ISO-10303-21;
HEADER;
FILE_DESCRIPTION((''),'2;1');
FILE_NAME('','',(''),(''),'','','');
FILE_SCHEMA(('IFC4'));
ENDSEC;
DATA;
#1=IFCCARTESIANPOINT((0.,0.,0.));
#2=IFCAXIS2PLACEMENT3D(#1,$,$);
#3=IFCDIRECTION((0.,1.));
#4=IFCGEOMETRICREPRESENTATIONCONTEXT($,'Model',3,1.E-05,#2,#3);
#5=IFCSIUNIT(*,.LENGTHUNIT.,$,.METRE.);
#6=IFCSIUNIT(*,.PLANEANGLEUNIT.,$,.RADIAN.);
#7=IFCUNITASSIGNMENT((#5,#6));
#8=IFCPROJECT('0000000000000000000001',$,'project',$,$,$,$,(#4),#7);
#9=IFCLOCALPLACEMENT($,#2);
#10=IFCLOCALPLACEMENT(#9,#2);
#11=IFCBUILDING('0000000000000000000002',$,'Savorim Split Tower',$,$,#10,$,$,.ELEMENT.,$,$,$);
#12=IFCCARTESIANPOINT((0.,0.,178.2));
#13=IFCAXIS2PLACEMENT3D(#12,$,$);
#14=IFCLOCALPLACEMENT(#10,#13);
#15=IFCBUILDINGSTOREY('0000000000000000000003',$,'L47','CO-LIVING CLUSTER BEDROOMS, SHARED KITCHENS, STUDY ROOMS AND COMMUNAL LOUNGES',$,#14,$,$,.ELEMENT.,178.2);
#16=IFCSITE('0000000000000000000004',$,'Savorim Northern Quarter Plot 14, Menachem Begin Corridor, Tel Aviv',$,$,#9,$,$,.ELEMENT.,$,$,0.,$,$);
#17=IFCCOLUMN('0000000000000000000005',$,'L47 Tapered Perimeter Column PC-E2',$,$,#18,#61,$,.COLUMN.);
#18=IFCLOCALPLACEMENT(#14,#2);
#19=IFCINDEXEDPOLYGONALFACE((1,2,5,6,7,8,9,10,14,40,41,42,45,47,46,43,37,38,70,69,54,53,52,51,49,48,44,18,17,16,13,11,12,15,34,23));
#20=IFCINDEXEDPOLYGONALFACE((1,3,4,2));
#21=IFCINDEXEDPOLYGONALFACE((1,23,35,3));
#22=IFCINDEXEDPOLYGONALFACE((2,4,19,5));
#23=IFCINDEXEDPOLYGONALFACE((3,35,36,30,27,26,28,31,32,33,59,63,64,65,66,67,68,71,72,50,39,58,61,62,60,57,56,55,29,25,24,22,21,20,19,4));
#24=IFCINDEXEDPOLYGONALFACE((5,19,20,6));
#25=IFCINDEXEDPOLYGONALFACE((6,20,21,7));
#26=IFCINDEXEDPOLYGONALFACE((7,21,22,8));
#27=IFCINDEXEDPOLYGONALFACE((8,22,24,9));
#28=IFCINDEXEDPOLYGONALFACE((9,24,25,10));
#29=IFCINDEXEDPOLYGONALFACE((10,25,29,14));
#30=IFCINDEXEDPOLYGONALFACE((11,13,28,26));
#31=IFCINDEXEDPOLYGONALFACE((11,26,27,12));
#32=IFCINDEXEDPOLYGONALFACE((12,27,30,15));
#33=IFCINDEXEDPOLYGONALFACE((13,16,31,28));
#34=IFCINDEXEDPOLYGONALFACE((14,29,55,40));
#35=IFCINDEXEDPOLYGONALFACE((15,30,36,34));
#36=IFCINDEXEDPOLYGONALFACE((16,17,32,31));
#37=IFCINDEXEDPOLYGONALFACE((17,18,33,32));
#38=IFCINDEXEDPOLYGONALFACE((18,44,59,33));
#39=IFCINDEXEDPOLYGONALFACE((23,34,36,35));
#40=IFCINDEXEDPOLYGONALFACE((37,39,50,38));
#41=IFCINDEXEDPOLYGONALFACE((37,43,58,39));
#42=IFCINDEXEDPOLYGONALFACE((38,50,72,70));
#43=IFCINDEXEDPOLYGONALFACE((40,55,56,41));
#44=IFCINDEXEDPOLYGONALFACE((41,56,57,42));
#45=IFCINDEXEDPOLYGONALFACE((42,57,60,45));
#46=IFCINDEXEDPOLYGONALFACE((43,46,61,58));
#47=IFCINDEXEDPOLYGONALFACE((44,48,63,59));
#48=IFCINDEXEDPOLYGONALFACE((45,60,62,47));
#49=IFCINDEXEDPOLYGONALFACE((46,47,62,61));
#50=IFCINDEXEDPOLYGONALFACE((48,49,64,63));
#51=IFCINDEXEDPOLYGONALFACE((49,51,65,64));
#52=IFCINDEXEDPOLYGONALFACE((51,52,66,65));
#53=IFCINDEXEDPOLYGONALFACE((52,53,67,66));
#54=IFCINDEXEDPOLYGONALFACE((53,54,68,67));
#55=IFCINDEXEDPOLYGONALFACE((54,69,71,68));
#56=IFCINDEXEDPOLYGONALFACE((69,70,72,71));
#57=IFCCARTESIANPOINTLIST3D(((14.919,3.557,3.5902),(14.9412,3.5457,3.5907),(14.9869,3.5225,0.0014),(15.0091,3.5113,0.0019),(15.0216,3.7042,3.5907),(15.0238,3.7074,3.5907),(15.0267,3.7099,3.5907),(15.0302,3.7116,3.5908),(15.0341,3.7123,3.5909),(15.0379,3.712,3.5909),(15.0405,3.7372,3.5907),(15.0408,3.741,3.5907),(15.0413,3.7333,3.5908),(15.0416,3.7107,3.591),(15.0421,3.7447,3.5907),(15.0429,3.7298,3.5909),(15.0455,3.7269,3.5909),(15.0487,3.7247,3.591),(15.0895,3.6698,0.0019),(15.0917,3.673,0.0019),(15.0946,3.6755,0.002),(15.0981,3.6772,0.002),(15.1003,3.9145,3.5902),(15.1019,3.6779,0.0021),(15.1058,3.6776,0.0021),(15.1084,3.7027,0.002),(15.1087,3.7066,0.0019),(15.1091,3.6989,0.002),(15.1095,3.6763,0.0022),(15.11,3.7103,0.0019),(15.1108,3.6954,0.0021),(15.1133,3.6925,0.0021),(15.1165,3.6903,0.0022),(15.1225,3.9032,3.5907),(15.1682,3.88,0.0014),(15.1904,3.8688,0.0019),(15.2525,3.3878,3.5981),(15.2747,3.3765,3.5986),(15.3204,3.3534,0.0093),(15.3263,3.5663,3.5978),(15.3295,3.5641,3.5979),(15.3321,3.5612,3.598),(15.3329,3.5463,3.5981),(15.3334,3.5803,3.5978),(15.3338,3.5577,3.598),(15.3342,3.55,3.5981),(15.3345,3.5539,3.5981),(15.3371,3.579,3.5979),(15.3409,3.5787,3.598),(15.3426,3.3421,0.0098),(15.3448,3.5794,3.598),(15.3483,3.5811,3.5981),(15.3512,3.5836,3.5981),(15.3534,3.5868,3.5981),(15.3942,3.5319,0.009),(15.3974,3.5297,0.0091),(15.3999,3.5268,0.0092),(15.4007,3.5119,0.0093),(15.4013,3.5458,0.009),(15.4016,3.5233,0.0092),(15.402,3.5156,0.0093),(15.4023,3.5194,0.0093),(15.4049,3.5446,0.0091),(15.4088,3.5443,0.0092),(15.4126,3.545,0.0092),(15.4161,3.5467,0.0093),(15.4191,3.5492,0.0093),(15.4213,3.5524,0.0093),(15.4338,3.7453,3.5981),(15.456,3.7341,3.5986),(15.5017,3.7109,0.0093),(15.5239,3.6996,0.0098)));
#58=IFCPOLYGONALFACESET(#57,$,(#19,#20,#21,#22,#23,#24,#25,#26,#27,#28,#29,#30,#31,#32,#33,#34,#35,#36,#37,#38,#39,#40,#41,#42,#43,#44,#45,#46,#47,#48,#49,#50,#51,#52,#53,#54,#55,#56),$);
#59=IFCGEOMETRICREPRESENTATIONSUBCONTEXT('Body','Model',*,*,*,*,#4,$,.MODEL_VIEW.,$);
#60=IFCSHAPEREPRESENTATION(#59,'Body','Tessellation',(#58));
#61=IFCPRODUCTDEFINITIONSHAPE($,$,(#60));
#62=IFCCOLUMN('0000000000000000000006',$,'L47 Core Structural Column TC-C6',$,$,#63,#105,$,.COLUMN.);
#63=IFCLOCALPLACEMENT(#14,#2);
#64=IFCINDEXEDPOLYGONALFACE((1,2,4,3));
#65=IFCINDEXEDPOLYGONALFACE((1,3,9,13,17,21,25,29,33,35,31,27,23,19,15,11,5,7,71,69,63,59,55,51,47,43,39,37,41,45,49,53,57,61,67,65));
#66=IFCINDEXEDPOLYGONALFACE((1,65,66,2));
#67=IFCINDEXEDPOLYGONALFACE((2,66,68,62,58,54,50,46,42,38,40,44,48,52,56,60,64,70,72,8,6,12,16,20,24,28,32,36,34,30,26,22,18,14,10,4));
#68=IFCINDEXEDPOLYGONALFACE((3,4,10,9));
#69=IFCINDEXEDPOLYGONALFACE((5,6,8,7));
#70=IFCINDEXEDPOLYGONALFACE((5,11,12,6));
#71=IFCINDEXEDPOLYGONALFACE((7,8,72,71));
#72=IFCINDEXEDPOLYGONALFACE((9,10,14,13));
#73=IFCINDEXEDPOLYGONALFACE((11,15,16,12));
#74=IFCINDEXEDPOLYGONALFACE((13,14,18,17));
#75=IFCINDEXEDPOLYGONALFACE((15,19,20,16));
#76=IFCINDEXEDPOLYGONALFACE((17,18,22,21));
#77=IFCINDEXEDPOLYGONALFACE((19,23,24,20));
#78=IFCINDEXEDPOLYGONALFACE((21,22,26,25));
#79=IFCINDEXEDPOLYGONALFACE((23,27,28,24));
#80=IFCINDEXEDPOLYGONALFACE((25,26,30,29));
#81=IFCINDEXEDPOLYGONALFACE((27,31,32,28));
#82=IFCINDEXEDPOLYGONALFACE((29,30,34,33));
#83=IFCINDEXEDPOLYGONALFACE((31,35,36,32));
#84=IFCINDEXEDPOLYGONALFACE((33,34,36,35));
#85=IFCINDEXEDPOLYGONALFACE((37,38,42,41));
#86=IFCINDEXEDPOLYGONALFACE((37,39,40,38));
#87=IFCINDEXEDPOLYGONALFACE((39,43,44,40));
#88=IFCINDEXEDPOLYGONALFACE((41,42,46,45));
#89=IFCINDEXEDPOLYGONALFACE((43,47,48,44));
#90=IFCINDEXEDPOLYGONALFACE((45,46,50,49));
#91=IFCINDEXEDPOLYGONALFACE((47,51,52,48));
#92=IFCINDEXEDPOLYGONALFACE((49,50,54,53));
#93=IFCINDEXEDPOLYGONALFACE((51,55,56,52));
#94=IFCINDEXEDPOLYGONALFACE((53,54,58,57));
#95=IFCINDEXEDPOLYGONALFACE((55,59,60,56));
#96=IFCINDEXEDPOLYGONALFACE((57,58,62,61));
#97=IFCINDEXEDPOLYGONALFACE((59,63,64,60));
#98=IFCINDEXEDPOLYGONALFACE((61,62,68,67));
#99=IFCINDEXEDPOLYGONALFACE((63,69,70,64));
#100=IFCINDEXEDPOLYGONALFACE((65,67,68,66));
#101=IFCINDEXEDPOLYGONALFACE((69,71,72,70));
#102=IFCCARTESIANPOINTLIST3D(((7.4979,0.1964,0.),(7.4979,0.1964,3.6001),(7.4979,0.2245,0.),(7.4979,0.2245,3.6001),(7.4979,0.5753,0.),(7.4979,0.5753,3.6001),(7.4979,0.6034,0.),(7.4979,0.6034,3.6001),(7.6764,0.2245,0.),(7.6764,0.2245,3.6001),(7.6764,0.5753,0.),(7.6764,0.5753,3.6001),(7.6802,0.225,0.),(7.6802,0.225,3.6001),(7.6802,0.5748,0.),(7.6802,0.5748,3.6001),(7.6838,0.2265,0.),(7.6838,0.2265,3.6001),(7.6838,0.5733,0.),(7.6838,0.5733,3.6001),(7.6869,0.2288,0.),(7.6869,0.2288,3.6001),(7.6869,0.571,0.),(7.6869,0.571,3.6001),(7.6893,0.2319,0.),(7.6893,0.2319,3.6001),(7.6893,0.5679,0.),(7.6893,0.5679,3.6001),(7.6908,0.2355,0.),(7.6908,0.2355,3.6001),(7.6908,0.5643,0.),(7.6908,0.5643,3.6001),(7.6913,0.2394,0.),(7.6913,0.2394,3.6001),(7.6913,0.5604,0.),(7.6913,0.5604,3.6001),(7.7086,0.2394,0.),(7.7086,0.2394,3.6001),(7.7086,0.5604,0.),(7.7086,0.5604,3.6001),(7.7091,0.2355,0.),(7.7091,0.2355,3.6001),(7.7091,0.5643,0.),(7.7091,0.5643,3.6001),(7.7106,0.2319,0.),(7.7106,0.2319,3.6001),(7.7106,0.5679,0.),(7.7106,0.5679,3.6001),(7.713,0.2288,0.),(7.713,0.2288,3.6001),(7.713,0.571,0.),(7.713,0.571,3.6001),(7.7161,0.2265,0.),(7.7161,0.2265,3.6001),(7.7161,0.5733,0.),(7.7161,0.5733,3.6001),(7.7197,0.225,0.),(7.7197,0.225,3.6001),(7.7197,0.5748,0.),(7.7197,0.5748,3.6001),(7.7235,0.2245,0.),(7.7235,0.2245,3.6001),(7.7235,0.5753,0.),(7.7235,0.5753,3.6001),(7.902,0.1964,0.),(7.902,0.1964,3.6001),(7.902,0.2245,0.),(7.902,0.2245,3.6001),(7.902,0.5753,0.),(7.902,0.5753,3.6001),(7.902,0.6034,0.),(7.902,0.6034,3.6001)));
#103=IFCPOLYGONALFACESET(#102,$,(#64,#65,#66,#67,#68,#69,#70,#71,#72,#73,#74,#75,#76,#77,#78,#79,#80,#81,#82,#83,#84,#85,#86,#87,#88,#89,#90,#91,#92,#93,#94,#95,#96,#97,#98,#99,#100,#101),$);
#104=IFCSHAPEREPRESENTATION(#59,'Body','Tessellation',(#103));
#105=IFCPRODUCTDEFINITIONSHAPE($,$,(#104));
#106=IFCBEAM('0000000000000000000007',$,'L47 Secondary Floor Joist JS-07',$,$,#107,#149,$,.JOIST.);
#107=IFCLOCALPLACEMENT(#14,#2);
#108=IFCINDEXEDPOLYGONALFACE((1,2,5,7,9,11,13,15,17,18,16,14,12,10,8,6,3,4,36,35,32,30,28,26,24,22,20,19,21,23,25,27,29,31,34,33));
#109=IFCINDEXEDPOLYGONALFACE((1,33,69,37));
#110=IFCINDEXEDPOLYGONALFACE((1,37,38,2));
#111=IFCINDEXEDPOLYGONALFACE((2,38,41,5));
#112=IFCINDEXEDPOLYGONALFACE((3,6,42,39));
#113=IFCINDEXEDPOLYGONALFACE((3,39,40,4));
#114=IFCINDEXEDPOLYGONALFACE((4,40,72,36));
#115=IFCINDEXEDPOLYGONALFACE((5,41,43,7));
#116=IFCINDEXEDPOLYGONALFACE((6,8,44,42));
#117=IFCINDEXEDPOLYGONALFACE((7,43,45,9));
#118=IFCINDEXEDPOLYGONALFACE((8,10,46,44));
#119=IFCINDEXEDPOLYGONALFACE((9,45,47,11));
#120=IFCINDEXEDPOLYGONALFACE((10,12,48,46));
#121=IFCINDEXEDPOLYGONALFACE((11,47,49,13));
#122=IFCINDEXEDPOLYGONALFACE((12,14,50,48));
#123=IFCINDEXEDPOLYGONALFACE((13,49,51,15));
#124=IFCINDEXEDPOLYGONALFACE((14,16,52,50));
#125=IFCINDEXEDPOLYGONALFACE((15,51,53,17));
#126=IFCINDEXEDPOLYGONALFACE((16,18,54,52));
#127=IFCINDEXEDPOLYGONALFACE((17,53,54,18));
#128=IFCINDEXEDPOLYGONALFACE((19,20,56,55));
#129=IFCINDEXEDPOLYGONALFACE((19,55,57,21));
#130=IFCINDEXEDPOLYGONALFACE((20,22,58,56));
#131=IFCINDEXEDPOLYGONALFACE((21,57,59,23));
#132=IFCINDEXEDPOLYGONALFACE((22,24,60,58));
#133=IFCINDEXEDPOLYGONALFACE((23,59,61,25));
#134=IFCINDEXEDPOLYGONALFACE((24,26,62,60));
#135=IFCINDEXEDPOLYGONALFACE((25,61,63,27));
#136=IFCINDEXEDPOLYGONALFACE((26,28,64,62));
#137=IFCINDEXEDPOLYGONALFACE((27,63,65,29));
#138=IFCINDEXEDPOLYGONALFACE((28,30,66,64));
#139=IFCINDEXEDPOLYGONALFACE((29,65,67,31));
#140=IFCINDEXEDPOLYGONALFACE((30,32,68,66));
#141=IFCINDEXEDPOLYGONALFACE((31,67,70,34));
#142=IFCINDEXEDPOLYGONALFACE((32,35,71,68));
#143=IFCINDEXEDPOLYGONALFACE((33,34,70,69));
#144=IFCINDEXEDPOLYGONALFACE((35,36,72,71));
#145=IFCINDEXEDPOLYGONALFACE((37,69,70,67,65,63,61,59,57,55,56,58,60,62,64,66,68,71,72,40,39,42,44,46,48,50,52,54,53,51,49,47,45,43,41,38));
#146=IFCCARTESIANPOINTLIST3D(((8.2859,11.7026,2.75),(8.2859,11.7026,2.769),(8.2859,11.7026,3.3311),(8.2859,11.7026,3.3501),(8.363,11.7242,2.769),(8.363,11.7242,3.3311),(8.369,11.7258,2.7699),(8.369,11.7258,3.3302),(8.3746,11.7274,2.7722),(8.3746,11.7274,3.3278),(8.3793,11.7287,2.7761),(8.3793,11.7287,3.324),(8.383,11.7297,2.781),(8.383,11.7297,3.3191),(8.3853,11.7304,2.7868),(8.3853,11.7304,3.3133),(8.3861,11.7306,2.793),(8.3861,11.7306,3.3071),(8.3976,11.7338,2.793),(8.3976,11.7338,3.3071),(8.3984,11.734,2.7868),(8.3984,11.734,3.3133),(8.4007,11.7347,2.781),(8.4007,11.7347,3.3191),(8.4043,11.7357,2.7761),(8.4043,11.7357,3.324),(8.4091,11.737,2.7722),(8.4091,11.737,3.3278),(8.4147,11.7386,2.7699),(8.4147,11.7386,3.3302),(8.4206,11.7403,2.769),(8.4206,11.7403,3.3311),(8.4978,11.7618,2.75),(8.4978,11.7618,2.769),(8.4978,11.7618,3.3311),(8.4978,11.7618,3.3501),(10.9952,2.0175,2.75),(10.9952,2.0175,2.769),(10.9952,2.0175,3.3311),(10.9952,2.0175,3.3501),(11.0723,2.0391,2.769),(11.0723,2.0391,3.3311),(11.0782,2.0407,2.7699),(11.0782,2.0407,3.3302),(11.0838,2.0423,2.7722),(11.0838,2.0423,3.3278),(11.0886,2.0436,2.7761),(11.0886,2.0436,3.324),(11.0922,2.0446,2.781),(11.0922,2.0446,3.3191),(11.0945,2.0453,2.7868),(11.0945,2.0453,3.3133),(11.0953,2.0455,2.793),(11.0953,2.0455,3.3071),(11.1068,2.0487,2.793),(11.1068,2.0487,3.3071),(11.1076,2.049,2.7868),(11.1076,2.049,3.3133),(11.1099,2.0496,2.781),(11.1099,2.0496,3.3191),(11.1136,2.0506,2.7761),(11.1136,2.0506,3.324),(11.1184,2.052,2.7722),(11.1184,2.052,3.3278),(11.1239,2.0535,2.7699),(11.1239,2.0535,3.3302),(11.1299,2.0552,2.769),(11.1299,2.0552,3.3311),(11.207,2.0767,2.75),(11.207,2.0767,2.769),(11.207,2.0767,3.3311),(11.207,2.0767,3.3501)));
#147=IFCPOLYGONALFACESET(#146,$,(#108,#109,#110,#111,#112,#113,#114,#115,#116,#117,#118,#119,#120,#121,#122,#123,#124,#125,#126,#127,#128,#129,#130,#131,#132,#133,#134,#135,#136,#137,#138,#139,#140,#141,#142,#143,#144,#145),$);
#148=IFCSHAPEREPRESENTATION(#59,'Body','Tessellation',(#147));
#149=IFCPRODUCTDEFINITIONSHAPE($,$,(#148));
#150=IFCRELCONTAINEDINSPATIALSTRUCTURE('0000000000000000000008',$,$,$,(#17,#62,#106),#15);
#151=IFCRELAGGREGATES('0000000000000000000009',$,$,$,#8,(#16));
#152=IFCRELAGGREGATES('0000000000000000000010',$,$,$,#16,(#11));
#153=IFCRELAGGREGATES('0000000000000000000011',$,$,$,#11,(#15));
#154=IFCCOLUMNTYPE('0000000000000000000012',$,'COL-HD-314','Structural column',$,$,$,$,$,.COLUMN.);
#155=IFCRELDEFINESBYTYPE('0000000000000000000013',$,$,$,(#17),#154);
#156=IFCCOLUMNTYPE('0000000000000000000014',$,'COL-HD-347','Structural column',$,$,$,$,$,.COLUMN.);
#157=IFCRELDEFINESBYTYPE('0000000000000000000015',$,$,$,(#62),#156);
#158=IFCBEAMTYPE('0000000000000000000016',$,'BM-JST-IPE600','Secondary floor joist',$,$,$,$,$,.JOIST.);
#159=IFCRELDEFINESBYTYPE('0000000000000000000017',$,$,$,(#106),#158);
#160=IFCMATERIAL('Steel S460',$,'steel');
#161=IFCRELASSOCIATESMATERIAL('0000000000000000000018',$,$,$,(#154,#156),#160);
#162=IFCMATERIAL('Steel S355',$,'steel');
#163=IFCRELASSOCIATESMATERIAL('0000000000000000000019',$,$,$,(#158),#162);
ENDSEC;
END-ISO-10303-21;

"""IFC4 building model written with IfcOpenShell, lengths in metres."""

from ifc_helpers import new_model, si_unit, direction, frame, origin, origin_2d, place, context, subcontext, project, spatial, i_section, extrude, material, material_profile, profile_set, type_object, element, save


model = new_model("IFC4")

# Units and contexts
model_context = context("Model", 3, precision=1e-05, world=origin(), true_north=direction((0.0, 1.0)))
body_context = subcontext(model_context, "Body", "Model", "MODEL_VIEW")
ifc_project = project(units=[si_unit("LENGTHUNIT", "METRE"), si_unit("PLANEANGLEUNIT", "RADIAN")], contexts=[model_context])

# Site, building, storey
site_placement = place(None, origin())
site = spatial("IfcSite", under=ifc_project, at=site_placement, Name="Savorim Northern Quarter Plot 14, Menachem Begin Corridor, Tel Aviv", CompositionType="ELEMENT", RefElevation=0.0)
building_placement = place(site_placement, origin())
building = spatial("IfcBuilding", under=site, at=building_placement, Name="Savorim Split Tower", CompositionType="ELEMENT")
storey_placement = place(building_placement, frame((0.0, 0.0, 178.2)))
storey = spatial("IfcBuildingStorey", under=building, at=storey_placement, Name="L47", Description="CO-LIVING CLUSTER BEDROOMS, SHARED KITCHENS, STUDY ROOMS AND COMMUNAL LOUNGES", CompositionType="ELEMENT", Elevation=178.2)

# Columns
ifc_material_1 = material(Name="Steel S460", Category="steel")
ifc_material_profile_1 = material_profile(ifc_material_1, i_section(OverallWidth=0.4009, OverallDepth=0.3989, WebThickness=0.0156, FlangeThickness=0.0249, FilletRadius=0.0149, at=origin_2d()), Name="HD 400x314")
ifc_profile_set_1 = profile_set([ifc_material_profile_1], Name="Steel S460")
column_type_1 = type_object("IfcColumnType", Name="COL-HD-314", Description="Structural column", PredefinedType="COLUMN", material=ifc_profile_set_1)
column_1_placement = place(storey_placement, frame((15.2554, 3.6111, 0.0056), z_axis=(-0.018907, 0.00959, 0.999775), x_axis=(-0.452339, -0.891846, 0.0)))
element("IfcColumn", 1, at=column_1_placement, inside=storey, type_object=column_type_1, Name="L47 Tapered Perimeter Column PC-E2", PredefinedType="COLUMN", context=body_context, shape_type="SweptSolid", body=[
    extrude(i_section(OverallWidth=0.4009, OverallDepth=0.3989, WebThickness=0.0156, FlangeThickness=0.0249, FilletRadius=0.0149, at=origin_2d()), origin(), (0.0, 0.0, 1.0), 3.5896),
])
ifc_material_profile_2 = material_profile(ifc_material_1, i_section(OverallWidth=0.4041, OverallDepth=0.407, WebThickness=0.0173, FlangeThickness=0.0281, FilletRadius=0.0149, at=origin_2d()), Name="HD 400x347")
ifc_profile_set_2 = profile_set([ifc_material_profile_2], Name="Steel S460")
column_type_2 = type_object("IfcColumnType", Name="COL-HD-347", Description="Structural column", PredefinedType="COLUMN", material=ifc_profile_set_2)
column_2_placement = place(storey_placement, frame((7.7, 0.3999, 0.0), z_axis=(0.0, 0.0, 1.0), x_axis=(1.0, 0.0, 0.0)))
element("IfcColumn", 2, at=column_2_placement, inside=storey, type_object=column_type_2, Name="L47 Core Structural Column TC-C6", PredefinedType="COLUMN", context=body_context, shape_type="SweptSolid", body=[
    extrude(i_section(OverallWidth=0.4041, OverallDepth=0.407, WebThickness=0.0173, FlangeThickness=0.0281, FilletRadius=0.0149, at=origin_2d()), origin(), (0.0, 0.0, 1.0), 3.6001),
])

# Beam
ifc_material_2 = material(Name="Steel S355", Category="steel")
ifc_material_profile_3 = material_profile(ifc_material_2, i_section(OverallWidth=0.22, OverallDepth=0.6001, WebThickness=0.012, FlangeThickness=0.019, FilletRadius=0.0239, at=origin_2d()), Name="IPE 600")
ifc_profile_set_3 = profile_set([ifc_material_profile_3], Name="Steel S355")
beam_type_1 = type_object("IfcBeamType", Name="BM-JST-IPE600", Description="Secondary floor joist", PredefinedType="JOIST", material=ifc_profile_set_3)
beam_1_placement = place(storey_placement, frame((11.1011, 2.0471, 3.05), z_axis=(-0.269391, 0.963031, 0.0), x_axis=(-0.963031, -0.269391, 0.0)))
element("IfcBeam", 3, at=beam_1_placement, inside=storey, type_object=beam_type_1, Name="L47 Secondary Floor Joist JS-07", PredefinedType="JOIST", context=body_context, shape_type="SweptSolid", body=[
    extrude(i_section(OverallWidth=0.22, OverallDepth=0.6001, WebThickness=0.012, FlangeThickness=0.019, FilletRadius=0.0239, at=origin_2d()), origin(), (0.0, 0.0, 1.0), 10.0569),
])

save(model, "model.ifc")
